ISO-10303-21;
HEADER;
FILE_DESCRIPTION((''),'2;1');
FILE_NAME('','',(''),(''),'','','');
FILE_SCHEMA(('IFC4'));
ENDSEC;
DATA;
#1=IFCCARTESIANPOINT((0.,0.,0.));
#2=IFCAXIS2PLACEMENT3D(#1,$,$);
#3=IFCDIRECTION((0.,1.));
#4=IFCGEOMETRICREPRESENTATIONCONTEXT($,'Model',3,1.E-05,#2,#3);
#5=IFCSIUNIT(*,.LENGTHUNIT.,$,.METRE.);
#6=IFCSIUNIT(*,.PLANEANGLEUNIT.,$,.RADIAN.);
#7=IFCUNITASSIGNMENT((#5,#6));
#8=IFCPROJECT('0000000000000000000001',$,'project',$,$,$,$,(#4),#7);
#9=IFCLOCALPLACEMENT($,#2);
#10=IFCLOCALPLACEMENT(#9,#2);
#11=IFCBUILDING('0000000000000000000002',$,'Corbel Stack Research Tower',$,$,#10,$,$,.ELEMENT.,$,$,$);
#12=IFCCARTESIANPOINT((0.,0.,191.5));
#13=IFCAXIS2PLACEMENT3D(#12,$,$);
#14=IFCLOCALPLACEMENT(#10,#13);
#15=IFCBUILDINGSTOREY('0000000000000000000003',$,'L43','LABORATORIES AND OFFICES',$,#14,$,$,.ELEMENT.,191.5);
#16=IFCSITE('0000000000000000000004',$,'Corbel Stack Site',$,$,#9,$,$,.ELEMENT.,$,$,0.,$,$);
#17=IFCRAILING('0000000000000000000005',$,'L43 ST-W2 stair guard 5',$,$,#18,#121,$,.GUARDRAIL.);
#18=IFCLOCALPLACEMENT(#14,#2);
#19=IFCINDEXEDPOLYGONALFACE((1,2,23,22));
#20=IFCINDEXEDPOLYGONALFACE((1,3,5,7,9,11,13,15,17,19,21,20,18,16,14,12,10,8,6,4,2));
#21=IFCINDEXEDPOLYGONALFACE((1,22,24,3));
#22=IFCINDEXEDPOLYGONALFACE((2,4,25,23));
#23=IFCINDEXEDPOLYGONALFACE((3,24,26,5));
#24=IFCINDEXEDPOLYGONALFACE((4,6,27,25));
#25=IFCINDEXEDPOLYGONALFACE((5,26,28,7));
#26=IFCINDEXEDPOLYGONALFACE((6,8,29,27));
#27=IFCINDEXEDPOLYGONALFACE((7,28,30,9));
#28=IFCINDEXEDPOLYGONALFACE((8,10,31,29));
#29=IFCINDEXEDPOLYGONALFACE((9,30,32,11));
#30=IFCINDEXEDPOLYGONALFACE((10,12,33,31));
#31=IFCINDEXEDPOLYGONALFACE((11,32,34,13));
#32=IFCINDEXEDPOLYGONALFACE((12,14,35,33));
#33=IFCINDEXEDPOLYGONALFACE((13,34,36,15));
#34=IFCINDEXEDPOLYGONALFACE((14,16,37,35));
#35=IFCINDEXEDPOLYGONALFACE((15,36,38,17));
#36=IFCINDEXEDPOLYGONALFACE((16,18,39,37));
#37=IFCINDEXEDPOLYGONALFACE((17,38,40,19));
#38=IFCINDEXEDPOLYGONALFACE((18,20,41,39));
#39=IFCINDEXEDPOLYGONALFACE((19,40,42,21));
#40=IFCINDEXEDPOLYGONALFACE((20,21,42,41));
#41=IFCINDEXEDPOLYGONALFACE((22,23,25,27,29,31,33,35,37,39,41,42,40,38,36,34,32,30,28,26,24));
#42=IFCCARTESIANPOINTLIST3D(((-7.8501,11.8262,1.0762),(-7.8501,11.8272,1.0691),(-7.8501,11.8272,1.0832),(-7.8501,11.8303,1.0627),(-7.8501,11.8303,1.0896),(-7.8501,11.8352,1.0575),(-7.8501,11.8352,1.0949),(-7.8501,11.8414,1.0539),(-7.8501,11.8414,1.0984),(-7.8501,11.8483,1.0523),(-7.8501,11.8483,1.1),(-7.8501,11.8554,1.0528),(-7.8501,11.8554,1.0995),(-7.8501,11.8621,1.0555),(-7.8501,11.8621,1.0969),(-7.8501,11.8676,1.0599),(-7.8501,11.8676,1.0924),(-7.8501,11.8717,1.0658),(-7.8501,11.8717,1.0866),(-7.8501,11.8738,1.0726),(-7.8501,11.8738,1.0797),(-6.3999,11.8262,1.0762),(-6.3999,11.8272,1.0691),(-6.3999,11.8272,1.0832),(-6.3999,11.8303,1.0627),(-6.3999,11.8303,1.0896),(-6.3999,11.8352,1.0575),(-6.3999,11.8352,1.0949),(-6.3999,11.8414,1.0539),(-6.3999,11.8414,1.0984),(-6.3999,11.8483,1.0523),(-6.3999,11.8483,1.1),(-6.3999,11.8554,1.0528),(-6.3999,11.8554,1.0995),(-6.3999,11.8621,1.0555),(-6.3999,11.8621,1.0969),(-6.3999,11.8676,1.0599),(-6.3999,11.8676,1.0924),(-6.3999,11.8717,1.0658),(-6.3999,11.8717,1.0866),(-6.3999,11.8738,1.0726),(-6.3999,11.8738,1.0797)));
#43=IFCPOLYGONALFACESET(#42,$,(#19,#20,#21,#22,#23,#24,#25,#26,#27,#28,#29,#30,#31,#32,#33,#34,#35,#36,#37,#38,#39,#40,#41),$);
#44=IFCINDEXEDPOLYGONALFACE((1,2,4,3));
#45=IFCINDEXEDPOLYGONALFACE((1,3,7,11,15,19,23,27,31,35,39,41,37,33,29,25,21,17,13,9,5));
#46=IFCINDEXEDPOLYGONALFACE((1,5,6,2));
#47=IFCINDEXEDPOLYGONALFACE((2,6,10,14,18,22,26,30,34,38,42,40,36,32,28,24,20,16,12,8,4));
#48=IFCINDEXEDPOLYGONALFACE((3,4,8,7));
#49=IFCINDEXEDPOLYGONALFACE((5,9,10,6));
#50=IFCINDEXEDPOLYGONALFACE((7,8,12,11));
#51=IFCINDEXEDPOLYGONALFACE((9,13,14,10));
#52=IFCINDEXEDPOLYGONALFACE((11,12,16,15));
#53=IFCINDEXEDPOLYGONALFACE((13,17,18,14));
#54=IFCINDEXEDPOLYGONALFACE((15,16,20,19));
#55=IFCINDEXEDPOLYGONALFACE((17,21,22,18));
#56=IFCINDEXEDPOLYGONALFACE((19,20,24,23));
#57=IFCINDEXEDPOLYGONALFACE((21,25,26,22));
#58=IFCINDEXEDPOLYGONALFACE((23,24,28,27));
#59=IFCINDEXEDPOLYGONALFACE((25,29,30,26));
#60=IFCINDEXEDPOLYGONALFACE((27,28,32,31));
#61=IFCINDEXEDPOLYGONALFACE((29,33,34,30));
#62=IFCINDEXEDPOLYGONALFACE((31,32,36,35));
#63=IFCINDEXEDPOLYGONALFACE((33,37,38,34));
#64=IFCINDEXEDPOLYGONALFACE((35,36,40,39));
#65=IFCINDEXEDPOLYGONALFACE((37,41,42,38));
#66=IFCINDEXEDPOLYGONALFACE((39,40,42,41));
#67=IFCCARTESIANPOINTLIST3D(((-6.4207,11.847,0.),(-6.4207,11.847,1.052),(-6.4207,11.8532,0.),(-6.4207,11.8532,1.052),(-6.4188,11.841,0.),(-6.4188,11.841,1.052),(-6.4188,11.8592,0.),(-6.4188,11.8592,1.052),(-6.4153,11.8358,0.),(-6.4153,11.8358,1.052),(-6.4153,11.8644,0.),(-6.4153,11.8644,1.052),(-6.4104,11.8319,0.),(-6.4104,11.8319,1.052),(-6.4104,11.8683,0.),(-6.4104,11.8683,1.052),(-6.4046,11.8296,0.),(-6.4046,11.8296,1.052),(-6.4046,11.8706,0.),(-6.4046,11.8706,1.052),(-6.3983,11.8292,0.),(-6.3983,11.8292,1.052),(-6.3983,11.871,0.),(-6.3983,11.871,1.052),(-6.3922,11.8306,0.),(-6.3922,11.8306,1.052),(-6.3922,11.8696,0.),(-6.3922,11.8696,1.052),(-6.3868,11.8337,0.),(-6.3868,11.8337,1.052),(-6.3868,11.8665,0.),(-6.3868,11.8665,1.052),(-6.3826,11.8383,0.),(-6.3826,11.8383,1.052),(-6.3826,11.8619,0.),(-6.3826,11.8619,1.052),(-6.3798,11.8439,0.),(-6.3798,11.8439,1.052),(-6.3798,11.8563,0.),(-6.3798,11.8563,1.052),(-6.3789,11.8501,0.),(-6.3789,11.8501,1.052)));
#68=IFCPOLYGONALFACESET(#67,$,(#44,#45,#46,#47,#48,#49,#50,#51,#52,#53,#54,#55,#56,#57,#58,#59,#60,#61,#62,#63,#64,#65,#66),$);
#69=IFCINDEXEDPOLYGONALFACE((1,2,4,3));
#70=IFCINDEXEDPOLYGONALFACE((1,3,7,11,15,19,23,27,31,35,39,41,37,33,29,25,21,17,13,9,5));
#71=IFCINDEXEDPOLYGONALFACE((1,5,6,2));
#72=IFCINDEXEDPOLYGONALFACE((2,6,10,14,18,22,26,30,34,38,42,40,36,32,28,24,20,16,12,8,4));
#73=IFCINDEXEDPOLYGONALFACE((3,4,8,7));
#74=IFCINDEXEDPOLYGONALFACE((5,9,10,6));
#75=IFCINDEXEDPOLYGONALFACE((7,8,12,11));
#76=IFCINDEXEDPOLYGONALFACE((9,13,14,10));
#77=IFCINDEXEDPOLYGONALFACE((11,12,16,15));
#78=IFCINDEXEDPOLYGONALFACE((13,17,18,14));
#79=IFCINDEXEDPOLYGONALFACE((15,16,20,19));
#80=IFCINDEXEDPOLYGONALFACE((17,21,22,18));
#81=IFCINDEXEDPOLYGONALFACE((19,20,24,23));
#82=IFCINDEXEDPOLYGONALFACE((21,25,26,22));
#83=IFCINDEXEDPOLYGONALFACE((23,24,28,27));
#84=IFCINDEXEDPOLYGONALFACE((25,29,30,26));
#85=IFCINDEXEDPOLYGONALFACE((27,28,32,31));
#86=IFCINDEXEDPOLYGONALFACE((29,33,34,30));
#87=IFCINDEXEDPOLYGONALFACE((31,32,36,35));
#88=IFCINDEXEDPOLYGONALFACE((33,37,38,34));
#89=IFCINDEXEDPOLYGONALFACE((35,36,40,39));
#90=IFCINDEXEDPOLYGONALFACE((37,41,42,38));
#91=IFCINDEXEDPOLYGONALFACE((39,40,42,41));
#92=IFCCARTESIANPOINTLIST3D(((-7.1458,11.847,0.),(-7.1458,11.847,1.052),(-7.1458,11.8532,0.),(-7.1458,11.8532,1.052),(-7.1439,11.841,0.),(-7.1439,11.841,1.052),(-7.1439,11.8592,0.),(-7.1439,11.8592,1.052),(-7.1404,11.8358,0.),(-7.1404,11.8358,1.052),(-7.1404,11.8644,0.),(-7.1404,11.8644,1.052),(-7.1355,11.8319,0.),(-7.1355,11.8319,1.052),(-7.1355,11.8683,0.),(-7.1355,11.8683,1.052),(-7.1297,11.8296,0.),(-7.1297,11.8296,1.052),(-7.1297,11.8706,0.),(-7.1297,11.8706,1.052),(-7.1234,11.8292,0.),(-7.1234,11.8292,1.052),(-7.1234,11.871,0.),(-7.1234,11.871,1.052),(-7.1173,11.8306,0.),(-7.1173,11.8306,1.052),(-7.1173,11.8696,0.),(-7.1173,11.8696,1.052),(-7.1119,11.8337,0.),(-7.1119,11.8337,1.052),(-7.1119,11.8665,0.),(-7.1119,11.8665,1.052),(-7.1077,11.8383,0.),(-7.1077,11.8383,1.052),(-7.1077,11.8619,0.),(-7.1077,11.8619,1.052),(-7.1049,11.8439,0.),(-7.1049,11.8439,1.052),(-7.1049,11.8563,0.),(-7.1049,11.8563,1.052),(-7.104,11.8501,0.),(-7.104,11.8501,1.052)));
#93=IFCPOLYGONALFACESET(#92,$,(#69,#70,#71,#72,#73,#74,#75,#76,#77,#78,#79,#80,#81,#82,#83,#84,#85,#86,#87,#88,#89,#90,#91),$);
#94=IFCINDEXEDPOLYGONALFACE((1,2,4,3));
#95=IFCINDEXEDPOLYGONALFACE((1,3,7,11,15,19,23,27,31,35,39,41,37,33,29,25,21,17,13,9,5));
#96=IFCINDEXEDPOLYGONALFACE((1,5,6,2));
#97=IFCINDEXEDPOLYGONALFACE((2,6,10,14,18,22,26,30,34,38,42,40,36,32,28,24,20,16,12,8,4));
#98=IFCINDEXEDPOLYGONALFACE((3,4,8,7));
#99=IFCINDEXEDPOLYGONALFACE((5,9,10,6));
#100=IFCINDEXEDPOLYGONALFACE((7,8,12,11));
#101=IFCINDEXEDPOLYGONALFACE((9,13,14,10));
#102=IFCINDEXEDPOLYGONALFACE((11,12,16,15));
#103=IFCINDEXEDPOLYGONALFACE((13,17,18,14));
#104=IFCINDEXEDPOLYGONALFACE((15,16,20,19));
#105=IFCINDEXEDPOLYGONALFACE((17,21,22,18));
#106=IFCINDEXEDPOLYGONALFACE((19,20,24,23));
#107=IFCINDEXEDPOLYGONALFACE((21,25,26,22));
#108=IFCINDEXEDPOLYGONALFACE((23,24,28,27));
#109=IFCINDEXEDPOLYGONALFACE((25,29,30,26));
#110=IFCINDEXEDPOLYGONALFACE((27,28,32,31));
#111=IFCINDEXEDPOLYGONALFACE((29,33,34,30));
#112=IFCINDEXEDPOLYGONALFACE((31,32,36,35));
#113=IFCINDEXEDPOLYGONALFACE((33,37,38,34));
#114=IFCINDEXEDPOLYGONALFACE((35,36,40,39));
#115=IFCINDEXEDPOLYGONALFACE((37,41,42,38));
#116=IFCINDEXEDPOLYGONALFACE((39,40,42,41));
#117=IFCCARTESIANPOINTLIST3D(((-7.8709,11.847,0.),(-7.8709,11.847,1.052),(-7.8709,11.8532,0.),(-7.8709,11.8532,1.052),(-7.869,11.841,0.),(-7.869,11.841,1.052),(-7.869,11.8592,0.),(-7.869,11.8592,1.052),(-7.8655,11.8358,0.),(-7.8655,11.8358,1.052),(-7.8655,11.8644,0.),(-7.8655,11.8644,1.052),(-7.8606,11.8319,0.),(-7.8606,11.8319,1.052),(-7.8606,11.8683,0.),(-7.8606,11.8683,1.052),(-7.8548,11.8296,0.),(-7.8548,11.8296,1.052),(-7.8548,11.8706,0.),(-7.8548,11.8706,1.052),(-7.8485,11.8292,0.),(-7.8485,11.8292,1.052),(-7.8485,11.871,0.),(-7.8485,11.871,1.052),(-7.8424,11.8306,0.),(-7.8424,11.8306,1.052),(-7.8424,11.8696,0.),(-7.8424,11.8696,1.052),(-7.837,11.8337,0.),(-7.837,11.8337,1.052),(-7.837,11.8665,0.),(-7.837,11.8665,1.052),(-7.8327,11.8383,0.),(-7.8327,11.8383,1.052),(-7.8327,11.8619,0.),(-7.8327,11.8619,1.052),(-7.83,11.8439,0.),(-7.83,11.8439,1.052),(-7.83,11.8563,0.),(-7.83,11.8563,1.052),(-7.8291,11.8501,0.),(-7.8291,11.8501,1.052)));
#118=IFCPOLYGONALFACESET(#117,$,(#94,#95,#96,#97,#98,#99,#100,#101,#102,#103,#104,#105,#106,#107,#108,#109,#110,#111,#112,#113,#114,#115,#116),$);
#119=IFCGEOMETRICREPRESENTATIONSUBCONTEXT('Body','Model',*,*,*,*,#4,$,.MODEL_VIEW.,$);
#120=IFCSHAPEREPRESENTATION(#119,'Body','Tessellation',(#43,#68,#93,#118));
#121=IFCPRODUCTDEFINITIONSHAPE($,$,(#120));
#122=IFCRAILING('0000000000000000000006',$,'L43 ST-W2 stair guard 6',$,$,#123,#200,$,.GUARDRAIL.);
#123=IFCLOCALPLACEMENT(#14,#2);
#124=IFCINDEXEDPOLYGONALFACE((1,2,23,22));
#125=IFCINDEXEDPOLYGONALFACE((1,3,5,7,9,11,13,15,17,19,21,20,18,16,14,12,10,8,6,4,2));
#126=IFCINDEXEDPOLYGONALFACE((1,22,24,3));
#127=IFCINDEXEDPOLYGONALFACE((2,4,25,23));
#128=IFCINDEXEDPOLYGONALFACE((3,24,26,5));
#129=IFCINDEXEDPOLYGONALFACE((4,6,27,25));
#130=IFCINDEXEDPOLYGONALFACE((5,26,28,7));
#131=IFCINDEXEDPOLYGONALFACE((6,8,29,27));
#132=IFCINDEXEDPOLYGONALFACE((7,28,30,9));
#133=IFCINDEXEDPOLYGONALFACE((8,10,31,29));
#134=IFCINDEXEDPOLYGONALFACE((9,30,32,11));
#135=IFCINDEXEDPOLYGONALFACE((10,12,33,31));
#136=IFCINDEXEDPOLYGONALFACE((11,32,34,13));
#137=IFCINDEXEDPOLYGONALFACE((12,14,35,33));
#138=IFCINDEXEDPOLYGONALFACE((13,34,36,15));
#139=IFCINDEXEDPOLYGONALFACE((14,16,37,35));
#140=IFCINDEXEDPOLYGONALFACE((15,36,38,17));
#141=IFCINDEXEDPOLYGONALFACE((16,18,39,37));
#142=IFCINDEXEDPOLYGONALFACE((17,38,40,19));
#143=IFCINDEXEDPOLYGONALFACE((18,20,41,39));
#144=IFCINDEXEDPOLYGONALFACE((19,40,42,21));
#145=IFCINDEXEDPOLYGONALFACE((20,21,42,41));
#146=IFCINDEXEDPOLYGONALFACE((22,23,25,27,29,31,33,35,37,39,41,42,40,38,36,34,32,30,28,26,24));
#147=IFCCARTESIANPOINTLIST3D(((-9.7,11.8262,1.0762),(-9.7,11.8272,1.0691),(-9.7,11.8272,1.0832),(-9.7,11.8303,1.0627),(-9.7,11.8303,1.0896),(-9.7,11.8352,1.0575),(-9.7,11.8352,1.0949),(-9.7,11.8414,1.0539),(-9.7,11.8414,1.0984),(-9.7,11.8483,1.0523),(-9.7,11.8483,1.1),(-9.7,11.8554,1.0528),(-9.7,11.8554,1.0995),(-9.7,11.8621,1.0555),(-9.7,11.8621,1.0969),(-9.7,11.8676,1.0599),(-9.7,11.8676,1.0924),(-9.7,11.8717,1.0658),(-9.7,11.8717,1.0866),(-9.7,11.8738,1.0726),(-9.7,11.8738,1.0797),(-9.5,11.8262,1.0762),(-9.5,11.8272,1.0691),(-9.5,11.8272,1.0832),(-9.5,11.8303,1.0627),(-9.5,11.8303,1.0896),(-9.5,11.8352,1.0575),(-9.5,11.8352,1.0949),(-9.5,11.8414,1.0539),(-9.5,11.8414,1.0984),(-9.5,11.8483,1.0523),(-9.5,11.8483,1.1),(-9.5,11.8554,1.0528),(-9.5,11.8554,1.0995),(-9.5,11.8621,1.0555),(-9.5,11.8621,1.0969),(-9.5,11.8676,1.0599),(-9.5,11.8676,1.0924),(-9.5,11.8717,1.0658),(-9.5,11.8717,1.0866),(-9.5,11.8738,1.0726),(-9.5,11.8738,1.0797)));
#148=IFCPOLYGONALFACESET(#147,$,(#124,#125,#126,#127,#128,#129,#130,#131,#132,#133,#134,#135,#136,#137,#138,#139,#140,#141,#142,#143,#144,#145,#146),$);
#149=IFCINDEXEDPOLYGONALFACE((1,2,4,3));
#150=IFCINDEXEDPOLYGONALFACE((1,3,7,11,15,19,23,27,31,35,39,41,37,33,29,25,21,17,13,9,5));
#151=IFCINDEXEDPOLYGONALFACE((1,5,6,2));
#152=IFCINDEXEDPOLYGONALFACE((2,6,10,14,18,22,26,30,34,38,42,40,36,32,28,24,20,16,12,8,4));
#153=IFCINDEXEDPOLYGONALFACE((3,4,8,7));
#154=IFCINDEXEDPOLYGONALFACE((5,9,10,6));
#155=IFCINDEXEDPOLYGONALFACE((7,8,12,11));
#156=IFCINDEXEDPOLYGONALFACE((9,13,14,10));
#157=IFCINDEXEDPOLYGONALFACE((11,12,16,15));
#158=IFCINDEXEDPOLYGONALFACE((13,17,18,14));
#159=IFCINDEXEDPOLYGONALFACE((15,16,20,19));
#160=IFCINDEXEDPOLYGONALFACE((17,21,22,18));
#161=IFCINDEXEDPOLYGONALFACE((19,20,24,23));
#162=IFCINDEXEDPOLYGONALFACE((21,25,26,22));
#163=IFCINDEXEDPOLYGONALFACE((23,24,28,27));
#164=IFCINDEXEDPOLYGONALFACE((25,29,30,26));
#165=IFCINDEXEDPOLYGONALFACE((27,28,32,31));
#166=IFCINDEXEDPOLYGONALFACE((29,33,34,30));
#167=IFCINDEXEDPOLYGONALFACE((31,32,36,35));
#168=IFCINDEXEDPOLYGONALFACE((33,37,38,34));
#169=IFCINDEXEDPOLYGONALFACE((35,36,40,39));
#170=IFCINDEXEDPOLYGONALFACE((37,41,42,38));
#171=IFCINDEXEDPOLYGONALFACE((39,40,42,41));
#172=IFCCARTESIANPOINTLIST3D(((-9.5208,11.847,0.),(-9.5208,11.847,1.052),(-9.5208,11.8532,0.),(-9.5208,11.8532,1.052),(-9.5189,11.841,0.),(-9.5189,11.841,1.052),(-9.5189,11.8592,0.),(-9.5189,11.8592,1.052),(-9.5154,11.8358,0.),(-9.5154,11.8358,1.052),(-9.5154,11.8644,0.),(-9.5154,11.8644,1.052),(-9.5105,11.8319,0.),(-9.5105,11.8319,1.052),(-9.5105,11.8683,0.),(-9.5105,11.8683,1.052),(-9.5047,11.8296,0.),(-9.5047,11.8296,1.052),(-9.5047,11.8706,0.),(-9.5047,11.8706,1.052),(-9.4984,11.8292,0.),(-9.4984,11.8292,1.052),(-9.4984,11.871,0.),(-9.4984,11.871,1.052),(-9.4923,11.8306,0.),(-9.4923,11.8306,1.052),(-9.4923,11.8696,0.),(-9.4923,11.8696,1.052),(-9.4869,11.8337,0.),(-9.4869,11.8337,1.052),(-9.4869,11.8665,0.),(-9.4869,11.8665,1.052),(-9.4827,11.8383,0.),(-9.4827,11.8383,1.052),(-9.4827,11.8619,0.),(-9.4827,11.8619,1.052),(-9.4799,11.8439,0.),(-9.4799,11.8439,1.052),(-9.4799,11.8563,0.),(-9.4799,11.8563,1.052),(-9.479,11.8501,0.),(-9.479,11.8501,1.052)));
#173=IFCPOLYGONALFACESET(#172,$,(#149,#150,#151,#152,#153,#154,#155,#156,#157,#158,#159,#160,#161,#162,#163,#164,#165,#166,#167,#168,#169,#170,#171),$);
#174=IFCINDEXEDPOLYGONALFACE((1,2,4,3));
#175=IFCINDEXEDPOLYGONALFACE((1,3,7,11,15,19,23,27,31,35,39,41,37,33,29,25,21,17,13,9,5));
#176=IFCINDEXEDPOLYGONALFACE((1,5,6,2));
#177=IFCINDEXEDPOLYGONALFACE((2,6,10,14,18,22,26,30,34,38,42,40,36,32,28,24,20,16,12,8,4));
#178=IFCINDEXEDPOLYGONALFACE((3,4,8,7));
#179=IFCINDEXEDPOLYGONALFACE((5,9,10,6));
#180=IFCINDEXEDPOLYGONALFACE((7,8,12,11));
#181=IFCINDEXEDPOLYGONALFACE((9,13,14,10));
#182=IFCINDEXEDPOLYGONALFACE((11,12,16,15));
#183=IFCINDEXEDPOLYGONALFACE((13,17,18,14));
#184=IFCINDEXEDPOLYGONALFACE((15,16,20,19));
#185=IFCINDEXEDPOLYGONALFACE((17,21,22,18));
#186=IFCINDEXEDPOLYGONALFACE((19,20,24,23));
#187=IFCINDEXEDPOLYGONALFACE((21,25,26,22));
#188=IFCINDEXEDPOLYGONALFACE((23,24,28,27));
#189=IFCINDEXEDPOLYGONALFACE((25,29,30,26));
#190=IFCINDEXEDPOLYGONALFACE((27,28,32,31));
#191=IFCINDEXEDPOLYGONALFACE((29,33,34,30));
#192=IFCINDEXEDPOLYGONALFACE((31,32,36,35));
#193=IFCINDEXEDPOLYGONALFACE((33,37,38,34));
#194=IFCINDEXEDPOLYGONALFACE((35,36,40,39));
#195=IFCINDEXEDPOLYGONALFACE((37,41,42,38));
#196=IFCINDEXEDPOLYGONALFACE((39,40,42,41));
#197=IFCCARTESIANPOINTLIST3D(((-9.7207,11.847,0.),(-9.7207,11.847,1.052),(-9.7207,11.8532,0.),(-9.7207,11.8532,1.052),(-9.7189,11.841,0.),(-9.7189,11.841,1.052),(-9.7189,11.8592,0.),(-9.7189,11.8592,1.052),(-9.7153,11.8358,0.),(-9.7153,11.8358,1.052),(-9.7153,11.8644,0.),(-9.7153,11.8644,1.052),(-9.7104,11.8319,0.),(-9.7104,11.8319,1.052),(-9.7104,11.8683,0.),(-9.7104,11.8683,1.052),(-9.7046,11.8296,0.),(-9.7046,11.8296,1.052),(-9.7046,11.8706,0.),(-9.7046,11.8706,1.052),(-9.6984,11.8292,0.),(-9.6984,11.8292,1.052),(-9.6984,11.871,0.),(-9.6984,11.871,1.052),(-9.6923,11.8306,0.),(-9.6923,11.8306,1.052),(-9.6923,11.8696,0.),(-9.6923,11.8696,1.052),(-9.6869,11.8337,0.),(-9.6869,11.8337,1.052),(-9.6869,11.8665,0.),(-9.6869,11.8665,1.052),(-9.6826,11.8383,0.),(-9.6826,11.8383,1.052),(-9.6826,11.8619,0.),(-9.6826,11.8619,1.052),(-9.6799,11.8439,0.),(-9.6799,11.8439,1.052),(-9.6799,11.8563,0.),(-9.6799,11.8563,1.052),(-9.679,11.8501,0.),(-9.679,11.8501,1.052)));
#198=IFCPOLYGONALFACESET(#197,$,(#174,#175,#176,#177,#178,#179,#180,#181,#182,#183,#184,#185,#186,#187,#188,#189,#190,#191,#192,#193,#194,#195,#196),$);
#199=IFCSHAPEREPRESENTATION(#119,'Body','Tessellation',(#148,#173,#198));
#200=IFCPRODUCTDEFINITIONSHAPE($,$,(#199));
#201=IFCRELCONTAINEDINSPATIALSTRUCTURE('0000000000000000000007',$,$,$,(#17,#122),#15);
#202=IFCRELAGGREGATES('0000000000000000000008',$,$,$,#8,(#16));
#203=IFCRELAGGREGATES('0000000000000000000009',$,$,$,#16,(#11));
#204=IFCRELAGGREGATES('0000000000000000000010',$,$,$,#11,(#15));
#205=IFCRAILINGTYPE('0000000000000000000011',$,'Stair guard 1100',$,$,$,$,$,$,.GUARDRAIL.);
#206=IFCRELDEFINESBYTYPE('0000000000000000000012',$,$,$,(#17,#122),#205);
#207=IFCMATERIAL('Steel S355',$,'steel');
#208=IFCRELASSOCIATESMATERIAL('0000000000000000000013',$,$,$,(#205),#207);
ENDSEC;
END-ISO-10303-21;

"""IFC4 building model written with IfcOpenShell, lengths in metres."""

from ifc_helpers import new_model, si_unit, direction, frame, origin, origin_2d, place, context, subcontext, project, spatial, circle, extrude, material, type_object, element, save


model = new_model("IFC4")

# Units and contexts
model_context = context("Model", 3, precision=1e-05, world=origin(), true_north=direction((0.0, 1.0)))
body_context = subcontext(model_context, "Body", "Model", "MODEL_VIEW")
ifc_project = project(units=[si_unit("LENGTHUNIT", "METRE"), si_unit("PLANEANGLEUNIT", "RADIAN")], contexts=[model_context])

# Site, building, storey
site_placement = place(None, origin())
site = spatial("IfcSite", under=ifc_project, at=site_placement, Name="Corbel Stack Site", CompositionType="ELEMENT", RefElevation=0.0)
building_placement = place(site_placement, origin())
building = spatial("IfcBuilding", under=site, at=building_placement, Name="Corbel Stack Research Tower", CompositionType="ELEMENT")
storey_placement = place(building_placement, frame((0.0, 0.0, 191.5)))
storey = spatial("IfcBuildingStorey", under=building, at=storey_placement, Name="L43", Description="LABORATORIES AND OFFICES", CompositionType="ELEMENT", Elevation=191.5)

# Railings
ifc_material_1 = material(Name="Steel S355", Category="steel")
railing_type = type_object("IfcRailingType", Name="Stair guard 1100", PredefinedType="GUARDRAIL", material=ifc_material_1)
railing_1_placement = place(storey_placement, frame((-6.3999, 11.8501, 0.0)))
element("IfcRailing", 1, at=railing_1_placement, inside=storey, type_object=railing_type, Name="L43 ST-W2 stair guard 5", PredefinedType="GUARDRAIL", context=body_context, shape_type="SweptSolid", body=[
    extrude(circle(Radius=0.0239, at=origin_2d()), frame((0.0, 0.0, 1.0762), z_axis=(-1.0, 0.0, 0.0), x_axis=(0.0, -1.0, 0.0)), (0.0, 0.0, 1.0), 1.4502),
    extrude(circle(Radius=0.021, at=origin_2d()), origin(), (0.0, 0.0, 1.0), 1.052),
    extrude(circle(Radius=0.021, at=origin_2d()), frame((-0.7251, 0.0, 0.0)), (0.0, 0.0, 1.0), 1.052),
    extrude(circle(Radius=0.021, at=origin_2d()), frame((-1.4502, 0.0, 0.0)), (0.0, 0.0, 1.0), 1.052),
])
railing_2_placement = place(storey_placement, frame((-9.5, 11.8501, 0.0)))
element("IfcRailing", 2, at=railing_2_placement, inside=storey, type_object=railing_type, Name="L43 ST-W2 stair guard 6", PredefinedType="GUARDRAIL", context=body_context, shape_type="SweptSolid", body=[
    extrude(circle(Radius=0.0239, at=origin_2d()), frame((0.0, 0.0, 1.0762), z_axis=(-1.0, 0.0, 0.0), x_axis=(0.0, -1.0, 0.0)), (0.0, 0.0, 1.0), 0.2),
    extrude(circle(Radius=0.021, at=origin_2d()), origin(), (0.0, 0.0, 1.0), 1.052),
    extrude(circle(Radius=0.021, at=origin_2d()), frame((-0.2, 0.0, 0.0)), (0.0, 0.0, 1.0), 1.052),
])

save(model, "model.ifc")
